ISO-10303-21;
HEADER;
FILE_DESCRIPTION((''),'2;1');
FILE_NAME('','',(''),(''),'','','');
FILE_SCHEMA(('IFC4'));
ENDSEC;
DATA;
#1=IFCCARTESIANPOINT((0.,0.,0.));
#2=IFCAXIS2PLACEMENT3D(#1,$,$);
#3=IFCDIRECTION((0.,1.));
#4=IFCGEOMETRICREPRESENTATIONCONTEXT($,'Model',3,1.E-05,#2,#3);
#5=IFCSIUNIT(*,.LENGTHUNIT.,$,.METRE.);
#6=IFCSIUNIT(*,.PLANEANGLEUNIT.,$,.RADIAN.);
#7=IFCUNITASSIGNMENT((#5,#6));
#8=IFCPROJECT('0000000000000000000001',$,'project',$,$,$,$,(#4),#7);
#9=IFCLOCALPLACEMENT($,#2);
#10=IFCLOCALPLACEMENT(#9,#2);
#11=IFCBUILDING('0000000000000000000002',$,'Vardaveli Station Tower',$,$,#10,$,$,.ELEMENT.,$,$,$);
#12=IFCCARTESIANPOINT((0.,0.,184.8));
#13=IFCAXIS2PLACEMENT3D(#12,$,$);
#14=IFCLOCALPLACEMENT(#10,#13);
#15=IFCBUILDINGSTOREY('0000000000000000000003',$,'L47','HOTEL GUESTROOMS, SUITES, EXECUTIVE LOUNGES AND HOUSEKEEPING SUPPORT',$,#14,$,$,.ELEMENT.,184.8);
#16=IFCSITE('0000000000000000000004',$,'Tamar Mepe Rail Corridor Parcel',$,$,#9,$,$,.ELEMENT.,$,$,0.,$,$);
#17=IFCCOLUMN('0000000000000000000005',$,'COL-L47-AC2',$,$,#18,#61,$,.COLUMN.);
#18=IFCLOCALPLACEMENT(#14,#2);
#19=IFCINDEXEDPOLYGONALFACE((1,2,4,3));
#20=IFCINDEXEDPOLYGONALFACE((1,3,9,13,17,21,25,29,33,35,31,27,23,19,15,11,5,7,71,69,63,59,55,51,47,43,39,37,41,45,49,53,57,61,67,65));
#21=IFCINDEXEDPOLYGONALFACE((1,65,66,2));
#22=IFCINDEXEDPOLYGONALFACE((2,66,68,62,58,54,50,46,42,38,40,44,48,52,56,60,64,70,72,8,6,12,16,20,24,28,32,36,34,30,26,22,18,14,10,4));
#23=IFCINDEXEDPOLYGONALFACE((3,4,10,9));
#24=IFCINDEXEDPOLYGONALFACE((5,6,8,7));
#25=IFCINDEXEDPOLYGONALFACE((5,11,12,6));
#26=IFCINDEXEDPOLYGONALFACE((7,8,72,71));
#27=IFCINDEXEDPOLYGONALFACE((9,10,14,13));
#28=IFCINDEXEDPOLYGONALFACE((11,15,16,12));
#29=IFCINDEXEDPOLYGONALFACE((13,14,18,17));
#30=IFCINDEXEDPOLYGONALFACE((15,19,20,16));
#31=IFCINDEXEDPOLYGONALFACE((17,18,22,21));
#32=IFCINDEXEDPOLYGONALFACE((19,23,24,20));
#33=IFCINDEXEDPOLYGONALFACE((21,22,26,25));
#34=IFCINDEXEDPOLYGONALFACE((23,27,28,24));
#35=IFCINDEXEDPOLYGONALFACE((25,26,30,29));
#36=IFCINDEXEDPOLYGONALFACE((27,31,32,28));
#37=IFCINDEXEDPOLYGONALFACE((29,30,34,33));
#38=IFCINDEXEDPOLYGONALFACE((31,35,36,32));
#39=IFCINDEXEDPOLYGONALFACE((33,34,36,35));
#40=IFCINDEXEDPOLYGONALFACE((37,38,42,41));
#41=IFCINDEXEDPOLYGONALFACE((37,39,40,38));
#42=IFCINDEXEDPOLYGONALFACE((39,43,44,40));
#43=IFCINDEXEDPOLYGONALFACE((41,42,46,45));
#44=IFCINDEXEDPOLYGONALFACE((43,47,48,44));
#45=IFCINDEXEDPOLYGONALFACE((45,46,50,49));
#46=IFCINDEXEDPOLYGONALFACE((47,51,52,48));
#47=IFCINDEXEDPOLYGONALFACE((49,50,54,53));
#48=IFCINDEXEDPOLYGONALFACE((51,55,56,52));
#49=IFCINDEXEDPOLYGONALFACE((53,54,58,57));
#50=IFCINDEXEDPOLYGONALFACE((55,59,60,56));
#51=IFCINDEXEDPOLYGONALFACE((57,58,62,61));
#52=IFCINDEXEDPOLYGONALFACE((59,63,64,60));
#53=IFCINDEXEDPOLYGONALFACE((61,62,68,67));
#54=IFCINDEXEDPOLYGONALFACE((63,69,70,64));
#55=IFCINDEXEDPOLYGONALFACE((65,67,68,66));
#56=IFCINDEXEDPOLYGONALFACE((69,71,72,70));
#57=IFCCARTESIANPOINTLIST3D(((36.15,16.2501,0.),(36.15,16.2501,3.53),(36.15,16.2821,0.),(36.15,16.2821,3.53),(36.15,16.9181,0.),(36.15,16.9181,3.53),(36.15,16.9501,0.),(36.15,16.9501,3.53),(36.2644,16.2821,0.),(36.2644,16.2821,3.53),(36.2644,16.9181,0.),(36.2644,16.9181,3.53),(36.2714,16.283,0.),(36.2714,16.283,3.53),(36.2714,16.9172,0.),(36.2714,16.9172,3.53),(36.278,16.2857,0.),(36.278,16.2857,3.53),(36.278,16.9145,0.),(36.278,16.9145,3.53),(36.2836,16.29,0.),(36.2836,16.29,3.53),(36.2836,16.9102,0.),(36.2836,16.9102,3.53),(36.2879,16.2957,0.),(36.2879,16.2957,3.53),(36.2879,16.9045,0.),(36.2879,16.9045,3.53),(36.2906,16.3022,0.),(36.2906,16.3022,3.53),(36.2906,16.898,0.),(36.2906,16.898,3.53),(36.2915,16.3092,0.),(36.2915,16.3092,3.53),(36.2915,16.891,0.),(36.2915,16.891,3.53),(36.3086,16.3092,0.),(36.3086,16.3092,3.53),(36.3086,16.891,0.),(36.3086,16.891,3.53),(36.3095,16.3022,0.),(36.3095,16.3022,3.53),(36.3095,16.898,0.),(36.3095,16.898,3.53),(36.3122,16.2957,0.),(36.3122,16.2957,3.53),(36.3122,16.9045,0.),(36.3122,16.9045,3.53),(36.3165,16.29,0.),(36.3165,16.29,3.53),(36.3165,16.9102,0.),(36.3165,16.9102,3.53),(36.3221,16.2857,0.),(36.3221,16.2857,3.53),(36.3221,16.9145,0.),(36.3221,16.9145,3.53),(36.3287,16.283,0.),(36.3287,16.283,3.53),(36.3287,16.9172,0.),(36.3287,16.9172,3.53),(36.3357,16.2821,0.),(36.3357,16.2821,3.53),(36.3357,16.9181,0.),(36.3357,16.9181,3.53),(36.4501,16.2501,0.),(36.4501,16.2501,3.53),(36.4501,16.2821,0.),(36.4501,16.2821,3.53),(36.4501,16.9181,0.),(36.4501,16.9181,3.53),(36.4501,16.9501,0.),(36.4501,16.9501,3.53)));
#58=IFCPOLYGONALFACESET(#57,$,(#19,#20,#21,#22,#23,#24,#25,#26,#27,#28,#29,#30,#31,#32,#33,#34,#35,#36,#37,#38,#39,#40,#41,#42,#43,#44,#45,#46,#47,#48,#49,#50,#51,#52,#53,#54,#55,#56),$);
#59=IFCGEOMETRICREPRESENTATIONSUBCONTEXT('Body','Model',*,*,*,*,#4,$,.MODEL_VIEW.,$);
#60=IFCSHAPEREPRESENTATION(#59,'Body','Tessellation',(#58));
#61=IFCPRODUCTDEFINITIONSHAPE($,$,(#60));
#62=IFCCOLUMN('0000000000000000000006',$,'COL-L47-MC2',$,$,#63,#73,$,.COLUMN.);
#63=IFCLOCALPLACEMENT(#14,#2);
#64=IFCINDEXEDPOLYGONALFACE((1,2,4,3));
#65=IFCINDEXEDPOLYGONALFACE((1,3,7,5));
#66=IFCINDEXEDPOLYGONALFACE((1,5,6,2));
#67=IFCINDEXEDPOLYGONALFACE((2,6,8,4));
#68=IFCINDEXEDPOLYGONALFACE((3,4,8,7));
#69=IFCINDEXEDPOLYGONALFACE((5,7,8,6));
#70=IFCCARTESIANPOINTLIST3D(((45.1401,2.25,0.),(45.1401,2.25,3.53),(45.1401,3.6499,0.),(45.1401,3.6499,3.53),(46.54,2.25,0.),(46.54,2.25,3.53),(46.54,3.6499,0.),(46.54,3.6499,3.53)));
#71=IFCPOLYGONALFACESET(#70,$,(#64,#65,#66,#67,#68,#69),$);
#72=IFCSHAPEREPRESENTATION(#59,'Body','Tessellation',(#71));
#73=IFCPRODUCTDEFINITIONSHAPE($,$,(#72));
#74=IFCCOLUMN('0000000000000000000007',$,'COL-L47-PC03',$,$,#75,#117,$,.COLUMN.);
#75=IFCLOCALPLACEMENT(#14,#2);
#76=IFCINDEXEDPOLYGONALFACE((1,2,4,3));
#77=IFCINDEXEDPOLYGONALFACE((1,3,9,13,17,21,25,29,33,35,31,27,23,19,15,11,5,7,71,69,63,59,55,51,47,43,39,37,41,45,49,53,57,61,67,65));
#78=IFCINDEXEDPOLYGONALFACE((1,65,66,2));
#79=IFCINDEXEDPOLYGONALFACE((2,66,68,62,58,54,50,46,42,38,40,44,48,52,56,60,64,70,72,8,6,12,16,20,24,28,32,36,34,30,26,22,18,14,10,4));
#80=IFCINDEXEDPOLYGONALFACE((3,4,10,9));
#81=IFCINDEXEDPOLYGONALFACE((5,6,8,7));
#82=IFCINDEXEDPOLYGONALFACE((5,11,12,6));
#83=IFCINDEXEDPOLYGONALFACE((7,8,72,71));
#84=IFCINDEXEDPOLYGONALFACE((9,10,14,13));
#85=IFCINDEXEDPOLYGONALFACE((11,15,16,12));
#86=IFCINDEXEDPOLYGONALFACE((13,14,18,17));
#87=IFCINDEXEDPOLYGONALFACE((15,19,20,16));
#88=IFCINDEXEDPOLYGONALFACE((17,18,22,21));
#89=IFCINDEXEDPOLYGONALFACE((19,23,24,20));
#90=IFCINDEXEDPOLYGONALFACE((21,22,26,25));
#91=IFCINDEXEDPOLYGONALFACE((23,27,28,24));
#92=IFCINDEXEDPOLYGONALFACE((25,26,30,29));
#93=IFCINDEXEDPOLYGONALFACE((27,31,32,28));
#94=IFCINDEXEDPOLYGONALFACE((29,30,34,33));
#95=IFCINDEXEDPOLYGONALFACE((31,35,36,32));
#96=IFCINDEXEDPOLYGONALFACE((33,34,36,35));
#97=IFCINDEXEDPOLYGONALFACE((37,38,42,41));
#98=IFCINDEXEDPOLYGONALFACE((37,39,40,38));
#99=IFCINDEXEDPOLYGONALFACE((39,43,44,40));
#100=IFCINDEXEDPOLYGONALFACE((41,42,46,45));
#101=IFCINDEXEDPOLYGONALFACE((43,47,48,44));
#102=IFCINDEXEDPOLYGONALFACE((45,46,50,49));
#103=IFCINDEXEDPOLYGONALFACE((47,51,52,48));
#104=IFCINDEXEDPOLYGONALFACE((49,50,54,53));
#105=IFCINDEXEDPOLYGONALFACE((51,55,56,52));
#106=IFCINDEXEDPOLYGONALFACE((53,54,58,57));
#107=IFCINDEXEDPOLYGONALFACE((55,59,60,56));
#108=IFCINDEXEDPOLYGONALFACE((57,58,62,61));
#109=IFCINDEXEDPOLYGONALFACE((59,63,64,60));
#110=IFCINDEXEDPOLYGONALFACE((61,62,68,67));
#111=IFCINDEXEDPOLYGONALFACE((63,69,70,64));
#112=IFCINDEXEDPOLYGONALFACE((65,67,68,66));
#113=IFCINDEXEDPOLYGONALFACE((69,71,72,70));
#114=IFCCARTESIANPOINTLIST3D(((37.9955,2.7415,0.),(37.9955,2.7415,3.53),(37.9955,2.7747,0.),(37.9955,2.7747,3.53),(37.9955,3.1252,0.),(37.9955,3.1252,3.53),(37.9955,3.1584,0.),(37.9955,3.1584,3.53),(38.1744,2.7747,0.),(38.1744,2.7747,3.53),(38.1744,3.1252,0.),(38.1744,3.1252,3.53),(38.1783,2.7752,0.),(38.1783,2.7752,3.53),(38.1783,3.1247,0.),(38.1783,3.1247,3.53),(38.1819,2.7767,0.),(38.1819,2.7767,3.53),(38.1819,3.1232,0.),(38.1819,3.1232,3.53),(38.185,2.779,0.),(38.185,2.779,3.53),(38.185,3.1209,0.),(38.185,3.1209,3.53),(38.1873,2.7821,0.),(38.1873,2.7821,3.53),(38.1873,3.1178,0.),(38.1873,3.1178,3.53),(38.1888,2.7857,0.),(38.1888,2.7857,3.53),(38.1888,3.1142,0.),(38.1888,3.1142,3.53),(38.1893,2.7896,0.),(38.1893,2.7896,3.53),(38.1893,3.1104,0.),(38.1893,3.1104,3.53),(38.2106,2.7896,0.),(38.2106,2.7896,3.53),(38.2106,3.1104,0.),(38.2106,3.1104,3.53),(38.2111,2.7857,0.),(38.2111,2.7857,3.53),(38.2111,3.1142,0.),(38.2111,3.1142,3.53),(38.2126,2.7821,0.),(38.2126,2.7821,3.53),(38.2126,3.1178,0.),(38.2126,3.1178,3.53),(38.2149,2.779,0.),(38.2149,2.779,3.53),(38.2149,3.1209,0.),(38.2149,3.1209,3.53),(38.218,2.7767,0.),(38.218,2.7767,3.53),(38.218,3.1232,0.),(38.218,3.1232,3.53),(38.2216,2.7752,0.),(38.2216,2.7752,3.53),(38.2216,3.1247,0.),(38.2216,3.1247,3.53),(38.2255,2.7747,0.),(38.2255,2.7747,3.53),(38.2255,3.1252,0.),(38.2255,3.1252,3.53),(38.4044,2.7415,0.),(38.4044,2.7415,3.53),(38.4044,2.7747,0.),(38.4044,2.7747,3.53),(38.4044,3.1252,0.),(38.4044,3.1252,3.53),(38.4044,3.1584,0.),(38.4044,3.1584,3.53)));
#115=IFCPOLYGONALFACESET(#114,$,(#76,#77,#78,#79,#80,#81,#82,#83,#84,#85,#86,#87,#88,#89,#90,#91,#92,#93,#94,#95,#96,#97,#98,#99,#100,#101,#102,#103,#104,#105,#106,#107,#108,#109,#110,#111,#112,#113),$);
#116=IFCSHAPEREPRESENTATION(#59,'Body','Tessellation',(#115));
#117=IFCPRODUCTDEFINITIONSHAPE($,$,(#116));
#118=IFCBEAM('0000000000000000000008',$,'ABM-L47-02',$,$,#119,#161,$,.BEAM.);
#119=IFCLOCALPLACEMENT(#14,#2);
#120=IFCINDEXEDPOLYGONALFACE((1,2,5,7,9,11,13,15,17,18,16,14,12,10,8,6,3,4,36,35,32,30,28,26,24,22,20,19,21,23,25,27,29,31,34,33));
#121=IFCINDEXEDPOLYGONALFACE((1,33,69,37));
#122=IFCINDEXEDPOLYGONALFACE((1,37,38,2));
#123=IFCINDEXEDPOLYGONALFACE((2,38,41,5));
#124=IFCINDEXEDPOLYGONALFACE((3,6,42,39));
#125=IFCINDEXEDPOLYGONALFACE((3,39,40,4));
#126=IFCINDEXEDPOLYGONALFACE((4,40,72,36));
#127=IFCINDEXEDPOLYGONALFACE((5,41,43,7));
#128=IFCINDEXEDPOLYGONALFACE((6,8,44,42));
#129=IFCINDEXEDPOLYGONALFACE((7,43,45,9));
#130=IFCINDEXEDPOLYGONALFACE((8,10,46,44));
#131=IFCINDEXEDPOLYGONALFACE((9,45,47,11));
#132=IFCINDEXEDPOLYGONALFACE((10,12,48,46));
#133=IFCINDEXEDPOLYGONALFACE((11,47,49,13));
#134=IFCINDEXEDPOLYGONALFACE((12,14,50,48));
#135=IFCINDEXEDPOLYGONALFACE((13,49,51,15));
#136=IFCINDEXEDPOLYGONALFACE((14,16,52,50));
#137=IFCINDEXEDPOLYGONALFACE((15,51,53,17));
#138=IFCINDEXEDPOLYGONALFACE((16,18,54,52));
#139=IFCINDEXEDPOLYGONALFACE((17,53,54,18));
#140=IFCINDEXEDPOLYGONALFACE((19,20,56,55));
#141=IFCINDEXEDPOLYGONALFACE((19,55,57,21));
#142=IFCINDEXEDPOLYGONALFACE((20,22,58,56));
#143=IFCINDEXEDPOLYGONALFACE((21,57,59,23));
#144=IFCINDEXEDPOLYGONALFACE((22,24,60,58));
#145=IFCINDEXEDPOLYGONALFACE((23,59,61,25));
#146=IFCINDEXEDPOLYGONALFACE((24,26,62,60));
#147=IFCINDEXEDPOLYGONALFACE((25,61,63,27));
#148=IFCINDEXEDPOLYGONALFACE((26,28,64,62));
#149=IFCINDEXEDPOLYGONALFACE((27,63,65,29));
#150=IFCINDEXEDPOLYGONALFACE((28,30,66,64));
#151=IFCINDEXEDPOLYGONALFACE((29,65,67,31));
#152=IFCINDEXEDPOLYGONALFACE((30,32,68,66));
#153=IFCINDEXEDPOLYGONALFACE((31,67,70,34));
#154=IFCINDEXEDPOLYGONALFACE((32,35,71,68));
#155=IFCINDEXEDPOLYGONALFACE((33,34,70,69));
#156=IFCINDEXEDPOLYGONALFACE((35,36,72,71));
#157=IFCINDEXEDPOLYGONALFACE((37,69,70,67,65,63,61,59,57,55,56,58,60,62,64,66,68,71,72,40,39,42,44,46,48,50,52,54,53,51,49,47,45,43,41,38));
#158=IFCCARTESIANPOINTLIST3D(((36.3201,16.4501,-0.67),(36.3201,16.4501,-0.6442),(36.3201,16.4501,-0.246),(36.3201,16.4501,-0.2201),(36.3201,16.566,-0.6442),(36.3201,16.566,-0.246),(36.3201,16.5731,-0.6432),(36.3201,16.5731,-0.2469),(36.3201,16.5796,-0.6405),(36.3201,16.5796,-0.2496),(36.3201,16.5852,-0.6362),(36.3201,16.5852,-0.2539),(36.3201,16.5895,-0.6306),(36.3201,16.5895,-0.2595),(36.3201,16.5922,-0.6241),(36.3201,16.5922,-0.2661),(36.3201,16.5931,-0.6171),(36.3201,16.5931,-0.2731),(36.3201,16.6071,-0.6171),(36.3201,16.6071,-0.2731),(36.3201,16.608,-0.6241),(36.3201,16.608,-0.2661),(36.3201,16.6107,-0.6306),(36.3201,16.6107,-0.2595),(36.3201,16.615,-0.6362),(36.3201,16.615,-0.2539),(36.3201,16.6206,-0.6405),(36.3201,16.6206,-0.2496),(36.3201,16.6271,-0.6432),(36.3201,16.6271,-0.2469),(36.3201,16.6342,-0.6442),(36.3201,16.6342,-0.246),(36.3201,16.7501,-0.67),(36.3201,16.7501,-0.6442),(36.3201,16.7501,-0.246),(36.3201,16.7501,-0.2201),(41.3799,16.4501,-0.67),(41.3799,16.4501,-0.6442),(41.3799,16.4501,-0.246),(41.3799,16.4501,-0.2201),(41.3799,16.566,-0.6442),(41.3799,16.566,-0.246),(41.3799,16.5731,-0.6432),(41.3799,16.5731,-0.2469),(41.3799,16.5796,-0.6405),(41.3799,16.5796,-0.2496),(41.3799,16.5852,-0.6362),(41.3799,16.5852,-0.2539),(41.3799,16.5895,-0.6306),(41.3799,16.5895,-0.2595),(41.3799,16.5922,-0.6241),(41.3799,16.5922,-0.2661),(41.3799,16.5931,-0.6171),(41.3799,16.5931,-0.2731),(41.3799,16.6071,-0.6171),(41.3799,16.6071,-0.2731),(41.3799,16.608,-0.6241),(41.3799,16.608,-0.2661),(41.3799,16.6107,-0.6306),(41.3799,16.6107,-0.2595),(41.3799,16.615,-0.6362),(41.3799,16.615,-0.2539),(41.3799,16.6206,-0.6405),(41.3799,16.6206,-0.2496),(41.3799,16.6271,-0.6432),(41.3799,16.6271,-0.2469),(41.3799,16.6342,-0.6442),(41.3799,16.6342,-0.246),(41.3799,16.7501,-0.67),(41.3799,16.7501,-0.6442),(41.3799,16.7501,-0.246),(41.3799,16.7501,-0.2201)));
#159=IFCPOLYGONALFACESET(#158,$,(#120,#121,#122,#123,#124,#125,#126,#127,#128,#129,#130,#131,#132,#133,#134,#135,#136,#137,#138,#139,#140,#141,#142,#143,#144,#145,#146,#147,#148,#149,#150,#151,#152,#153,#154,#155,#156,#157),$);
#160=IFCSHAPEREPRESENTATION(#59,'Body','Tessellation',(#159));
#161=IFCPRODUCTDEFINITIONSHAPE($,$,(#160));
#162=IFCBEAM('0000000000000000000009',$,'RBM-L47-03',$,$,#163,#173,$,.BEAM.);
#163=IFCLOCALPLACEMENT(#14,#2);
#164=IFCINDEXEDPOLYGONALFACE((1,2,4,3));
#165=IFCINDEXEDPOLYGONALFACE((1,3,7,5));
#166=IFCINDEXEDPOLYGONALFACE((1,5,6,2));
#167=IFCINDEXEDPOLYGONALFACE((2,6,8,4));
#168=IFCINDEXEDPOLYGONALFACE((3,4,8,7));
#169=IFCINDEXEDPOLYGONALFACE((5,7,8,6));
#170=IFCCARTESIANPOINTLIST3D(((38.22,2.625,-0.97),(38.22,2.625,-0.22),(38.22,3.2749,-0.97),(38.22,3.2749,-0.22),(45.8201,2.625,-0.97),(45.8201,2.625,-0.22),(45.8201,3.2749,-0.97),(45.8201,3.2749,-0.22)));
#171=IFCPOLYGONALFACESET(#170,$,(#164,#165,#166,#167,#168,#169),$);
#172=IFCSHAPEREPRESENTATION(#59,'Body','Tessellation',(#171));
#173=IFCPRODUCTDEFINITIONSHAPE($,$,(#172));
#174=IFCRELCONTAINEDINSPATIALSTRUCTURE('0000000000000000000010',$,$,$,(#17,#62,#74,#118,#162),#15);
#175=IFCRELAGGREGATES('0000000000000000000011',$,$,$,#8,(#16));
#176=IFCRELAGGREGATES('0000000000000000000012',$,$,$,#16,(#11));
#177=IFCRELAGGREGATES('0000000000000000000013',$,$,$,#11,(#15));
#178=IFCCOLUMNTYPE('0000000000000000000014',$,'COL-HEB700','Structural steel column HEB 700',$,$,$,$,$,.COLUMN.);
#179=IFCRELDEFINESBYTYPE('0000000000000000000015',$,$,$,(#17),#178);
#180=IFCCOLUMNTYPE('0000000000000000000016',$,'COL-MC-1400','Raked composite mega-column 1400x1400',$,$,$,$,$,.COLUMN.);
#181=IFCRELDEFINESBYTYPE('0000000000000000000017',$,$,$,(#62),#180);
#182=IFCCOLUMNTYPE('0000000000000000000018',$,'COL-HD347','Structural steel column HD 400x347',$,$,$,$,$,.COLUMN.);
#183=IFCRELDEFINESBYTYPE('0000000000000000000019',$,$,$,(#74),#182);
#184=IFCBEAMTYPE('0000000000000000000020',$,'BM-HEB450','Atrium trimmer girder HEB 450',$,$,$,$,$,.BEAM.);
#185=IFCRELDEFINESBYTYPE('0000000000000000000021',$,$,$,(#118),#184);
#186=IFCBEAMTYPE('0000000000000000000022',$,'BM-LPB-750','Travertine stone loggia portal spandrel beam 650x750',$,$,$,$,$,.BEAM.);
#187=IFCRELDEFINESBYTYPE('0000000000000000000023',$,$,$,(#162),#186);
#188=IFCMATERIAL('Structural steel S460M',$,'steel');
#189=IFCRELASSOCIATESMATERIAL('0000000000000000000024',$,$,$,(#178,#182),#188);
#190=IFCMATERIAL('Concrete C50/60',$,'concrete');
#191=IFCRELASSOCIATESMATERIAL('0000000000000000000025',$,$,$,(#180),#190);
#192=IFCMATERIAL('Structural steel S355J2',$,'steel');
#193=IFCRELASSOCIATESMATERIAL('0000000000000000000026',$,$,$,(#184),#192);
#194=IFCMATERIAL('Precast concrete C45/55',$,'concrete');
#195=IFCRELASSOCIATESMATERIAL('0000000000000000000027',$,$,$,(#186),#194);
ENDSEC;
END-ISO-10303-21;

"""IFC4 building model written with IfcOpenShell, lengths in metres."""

from ifc_helpers import new_model, si_unit, direction, frame, origin, origin_2d, place, context, subcontext, project, spatial, rectangle, i_section, extrude, source, transform, mapped, material, material_profile, profile_set, type_object, element, save


model = new_model("IFC4")

# Units and contexts
model_context = context("Model", 3, precision=1e-05, world=origin(), true_north=direction((0.0, 1.0)))
body_context = subcontext(model_context, "Body", "Model", "MODEL_VIEW")
ifc_project = project(units=[si_unit("LENGTHUNIT", "METRE"), si_unit("PLANEANGLEUNIT", "RADIAN")], contexts=[model_context])

# Site, building, storey
site_placement = place(None, origin())
site = spatial("IfcSite", under=ifc_project, at=site_placement, Name="Tamar Mepe Rail Corridor Parcel", CompositionType="ELEMENT", RefElevation=0.0)
building_placement = place(site_placement, origin())
building = spatial("IfcBuilding", under=site, at=building_placement, Name="Vardaveli Station Tower", CompositionType="ELEMENT")
storey_placement = place(building_placement, frame((0.0, 0.0, 184.8)))
storey = spatial("IfcBuildingStorey", under=building, at=storey_placement, Name="L47", Description="HOTEL GUESTROOMS, SUITES, EXECUTIVE LOUNGES AND HOUSEKEEPING SUPPORT", CompositionType="ELEMENT", Elevation=184.8)

# Columns
ifc_material_1 = material(Name="Structural steel S460M", Category="steel")
ifc_material_profile_1 = material_profile(ifc_material_1, i_section(OverallWidth=0.3, OverallDepth=0.7, WebThickness=0.0171, FlangeThickness=0.032, FilletRadius=0.0271, at=origin_2d()), Name="HEB 700")
ifc_profile_set_1 = profile_set([ifc_material_profile_1], Name="Structural steel S460M")
column_type_1 = type_object("IfcColumnType", Name="COL-HEB700", Description="Structural steel column HEB 700", PredefinedType="COLUMN", material=ifc_profile_set_1)
shared_shape_1 = source(origin(), body_context, "Body", "SweptSolid", [
    extrude(i_section(OverallWidth=0.3, OverallDepth=0.7, WebThickness=0.0171, FlangeThickness=0.032, FilletRadius=0.0271, at=origin_2d()), origin(), (0.0, 0.0, 1.0), 3.53),
])
column_1_placement = place(storey_placement, frame((36.3, 16.6001, 0.0), z_axis=(0.0, 0.0, 1.0), x_axis=(1.0, 0.0, 0.0)))
element("IfcColumn", 1, at=column_1_placement, inside=storey, type_object=column_type_1, Name="COL-L47-AC2", PredefinedType="COLUMN", context=body_context, shape_type="MappedRepresentation", body=[
    mapped(shared_shape_1, transform((0.0, 0.0, 0.0), scale=1.0)),
])
ifc_material_2 = material(Name="Concrete C50/60", Category="concrete")
ifc_material_profile_2 = material_profile(ifc_material_2, rectangle(XDim=1.3999, YDim=1.3999, at=origin_2d()), Name="MC 1400x1400")
ifc_profile_set_2 = profile_set([ifc_material_profile_2], Name="Concrete C50/60")
column_type_2 = type_object("IfcColumnType", Name="COL-MC-1400", Description="Raked composite mega-column 1400x1400", PredefinedType="COLUMN", material=ifc_profile_set_2)
shared_shape_2 = source(origin(), body_context, "Body", "SweptSolid", [
    extrude(rectangle(XDim=1.3999, YDim=1.3999, at=origin_2d()), origin(), (0.0, 0.0, 1.0), 3.53),
])
column_2_placement = place(storey_placement, frame((45.8401, 2.95, 0.0), z_axis=(0.0, 0.0, 1.0), x_axis=(1.0, 0.0, 0.0)))
element("IfcColumn", 2, at=column_2_placement, inside=storey, type_object=column_type_2, Name="COL-L47-MC2", PredefinedType="COLUMN", context=body_context, shape_type="MappedRepresentation", body=[
    mapped(shared_shape_2, transform((0.0, 0.0, 0.0), scale=1.0)),
])
ifc_material_profile_3 = material_profile(ifc_material_1, i_section(OverallWidth=0.4089, OverallDepth=0.417, WebThickness=0.0212, FlangeThickness=0.0332, FilletRadius=0.0149, at=origin_2d()), Name="HD 400x347")
ifc_profile_set_3 = profile_set([ifc_material_profile_3], Name="Structural steel S460M")
column_type_3 = type_object("IfcColumnType", Name="COL-HD347", Description="Structural steel column HD 400x347", PredefinedType="COLUMN", material=ifc_profile_set_3)
shared_shape_3 = source(origin(), body_context, "Body", "SweptSolid", [
    extrude(i_section(OverallWidth=0.4089, OverallDepth=0.417, WebThickness=0.0212, FlangeThickness=0.0332, FilletRadius=0.0149, at=origin_2d()), origin(), (0.0, 0.0, 1.0), 3.53),
])
column_3_placement = place(storey_placement, frame((38.2, 2.95, 0.0), z_axis=(0.0, 0.0, 1.0), x_axis=(1.0, 0.0, 0.0)))
element("IfcColumn", 3, at=column_3_placement, inside=storey, type_object=column_type_3, Name="COL-L47-PC03", PredefinedType="COLUMN", context=body_context, shape_type="MappedRepresentation", body=[
    mapped(shared_shape_3, transform((0.0, 0.0, 0.0), scale=1.0)),
])

# Beams
ifc_material_3 = material(Name="Structural steel S355J2", Category="steel")
ifc_material_profile_4 = material_profile(ifc_material_3, i_section(OverallWidth=0.3, OverallDepth=0.45, WebThickness=0.0139, FlangeThickness=0.0259, FilletRadius=0.0271, at=origin_2d()), Name="HEB 450")
ifc_profile_set_4 = profile_set([ifc_material_profile_4], Name="Structural steel S355J2")
beam_type_1 = type_object("IfcBeamType", Name="BM-HEB450", Description="Atrium trimmer girder HEB 450", PredefinedType="BEAM", material=ifc_profile_set_4)
shared_shape_4 = source(origin(), body_context, "Body", "SweptSolid", [
    extrude(i_section(OverallWidth=0.3, OverallDepth=0.45, WebThickness=0.0139, FlangeThickness=0.0259, FilletRadius=0.0271, at=origin_2d()), origin(), (0.0, 0.0, 1.0), 5.0598),
])
beam_1_placement = place(storey_placement, frame((36.3201, 16.6001, -0.4451), z_axis=(1.0, 0.0, 0.0), x_axis=(0.0, 1.0, 0.0)))
element("IfcBeam", 4, at=beam_1_placement, inside=storey, type_object=beam_type_1, Name="ABM-L47-02", PredefinedType="BEAM", context=body_context, shape_type="MappedRepresentation", body=[
    mapped(shared_shape_4, transform((0.0, 0.0, 0.0), scale=1.0)),
])
ifc_material_4 = material(Name="Precast concrete C45/55", Category="concrete")
ifc_material_profile_5 = material_profile(ifc_material_4, rectangle(XDim=0.6499, YDim=0.75, at=origin_2d()), Name="LPB 650x750")
ifc_profile_set_5 = profile_set([ifc_material_profile_5], Name="Precast concrete C45/55")
beam_type_2 = type_object("IfcBeamType", Name="BM-LPB-750", Description="Travertine stone loggia portal spandrel beam 650x750", PredefinedType="BEAM", material=ifc_profile_set_5)
shared_shape_5 = source(origin(), body_context, "Body", "SweptSolid", [
    extrude(rectangle(XDim=0.6499, YDim=0.75, at=origin_2d()), origin(), (0.0, 0.0, 1.0), 7.6001),
])
beam_2_placement = place(storey_placement, frame((38.22, 2.95, -0.595), z_axis=(1.0, 0.0, 0.0), x_axis=(0.0, 1.0, 0.0)))
element("IfcBeam", 5, at=beam_2_placement, inside=storey, type_object=beam_type_2, Name="RBM-L47-03", PredefinedType="BEAM", context=body_context, shape_type="MappedRepresentation", body=[
    mapped(shared_shape_5, transform((0.0, 0.0, 0.0), scale=1.0)),
])

save(model, "model.ifc")
